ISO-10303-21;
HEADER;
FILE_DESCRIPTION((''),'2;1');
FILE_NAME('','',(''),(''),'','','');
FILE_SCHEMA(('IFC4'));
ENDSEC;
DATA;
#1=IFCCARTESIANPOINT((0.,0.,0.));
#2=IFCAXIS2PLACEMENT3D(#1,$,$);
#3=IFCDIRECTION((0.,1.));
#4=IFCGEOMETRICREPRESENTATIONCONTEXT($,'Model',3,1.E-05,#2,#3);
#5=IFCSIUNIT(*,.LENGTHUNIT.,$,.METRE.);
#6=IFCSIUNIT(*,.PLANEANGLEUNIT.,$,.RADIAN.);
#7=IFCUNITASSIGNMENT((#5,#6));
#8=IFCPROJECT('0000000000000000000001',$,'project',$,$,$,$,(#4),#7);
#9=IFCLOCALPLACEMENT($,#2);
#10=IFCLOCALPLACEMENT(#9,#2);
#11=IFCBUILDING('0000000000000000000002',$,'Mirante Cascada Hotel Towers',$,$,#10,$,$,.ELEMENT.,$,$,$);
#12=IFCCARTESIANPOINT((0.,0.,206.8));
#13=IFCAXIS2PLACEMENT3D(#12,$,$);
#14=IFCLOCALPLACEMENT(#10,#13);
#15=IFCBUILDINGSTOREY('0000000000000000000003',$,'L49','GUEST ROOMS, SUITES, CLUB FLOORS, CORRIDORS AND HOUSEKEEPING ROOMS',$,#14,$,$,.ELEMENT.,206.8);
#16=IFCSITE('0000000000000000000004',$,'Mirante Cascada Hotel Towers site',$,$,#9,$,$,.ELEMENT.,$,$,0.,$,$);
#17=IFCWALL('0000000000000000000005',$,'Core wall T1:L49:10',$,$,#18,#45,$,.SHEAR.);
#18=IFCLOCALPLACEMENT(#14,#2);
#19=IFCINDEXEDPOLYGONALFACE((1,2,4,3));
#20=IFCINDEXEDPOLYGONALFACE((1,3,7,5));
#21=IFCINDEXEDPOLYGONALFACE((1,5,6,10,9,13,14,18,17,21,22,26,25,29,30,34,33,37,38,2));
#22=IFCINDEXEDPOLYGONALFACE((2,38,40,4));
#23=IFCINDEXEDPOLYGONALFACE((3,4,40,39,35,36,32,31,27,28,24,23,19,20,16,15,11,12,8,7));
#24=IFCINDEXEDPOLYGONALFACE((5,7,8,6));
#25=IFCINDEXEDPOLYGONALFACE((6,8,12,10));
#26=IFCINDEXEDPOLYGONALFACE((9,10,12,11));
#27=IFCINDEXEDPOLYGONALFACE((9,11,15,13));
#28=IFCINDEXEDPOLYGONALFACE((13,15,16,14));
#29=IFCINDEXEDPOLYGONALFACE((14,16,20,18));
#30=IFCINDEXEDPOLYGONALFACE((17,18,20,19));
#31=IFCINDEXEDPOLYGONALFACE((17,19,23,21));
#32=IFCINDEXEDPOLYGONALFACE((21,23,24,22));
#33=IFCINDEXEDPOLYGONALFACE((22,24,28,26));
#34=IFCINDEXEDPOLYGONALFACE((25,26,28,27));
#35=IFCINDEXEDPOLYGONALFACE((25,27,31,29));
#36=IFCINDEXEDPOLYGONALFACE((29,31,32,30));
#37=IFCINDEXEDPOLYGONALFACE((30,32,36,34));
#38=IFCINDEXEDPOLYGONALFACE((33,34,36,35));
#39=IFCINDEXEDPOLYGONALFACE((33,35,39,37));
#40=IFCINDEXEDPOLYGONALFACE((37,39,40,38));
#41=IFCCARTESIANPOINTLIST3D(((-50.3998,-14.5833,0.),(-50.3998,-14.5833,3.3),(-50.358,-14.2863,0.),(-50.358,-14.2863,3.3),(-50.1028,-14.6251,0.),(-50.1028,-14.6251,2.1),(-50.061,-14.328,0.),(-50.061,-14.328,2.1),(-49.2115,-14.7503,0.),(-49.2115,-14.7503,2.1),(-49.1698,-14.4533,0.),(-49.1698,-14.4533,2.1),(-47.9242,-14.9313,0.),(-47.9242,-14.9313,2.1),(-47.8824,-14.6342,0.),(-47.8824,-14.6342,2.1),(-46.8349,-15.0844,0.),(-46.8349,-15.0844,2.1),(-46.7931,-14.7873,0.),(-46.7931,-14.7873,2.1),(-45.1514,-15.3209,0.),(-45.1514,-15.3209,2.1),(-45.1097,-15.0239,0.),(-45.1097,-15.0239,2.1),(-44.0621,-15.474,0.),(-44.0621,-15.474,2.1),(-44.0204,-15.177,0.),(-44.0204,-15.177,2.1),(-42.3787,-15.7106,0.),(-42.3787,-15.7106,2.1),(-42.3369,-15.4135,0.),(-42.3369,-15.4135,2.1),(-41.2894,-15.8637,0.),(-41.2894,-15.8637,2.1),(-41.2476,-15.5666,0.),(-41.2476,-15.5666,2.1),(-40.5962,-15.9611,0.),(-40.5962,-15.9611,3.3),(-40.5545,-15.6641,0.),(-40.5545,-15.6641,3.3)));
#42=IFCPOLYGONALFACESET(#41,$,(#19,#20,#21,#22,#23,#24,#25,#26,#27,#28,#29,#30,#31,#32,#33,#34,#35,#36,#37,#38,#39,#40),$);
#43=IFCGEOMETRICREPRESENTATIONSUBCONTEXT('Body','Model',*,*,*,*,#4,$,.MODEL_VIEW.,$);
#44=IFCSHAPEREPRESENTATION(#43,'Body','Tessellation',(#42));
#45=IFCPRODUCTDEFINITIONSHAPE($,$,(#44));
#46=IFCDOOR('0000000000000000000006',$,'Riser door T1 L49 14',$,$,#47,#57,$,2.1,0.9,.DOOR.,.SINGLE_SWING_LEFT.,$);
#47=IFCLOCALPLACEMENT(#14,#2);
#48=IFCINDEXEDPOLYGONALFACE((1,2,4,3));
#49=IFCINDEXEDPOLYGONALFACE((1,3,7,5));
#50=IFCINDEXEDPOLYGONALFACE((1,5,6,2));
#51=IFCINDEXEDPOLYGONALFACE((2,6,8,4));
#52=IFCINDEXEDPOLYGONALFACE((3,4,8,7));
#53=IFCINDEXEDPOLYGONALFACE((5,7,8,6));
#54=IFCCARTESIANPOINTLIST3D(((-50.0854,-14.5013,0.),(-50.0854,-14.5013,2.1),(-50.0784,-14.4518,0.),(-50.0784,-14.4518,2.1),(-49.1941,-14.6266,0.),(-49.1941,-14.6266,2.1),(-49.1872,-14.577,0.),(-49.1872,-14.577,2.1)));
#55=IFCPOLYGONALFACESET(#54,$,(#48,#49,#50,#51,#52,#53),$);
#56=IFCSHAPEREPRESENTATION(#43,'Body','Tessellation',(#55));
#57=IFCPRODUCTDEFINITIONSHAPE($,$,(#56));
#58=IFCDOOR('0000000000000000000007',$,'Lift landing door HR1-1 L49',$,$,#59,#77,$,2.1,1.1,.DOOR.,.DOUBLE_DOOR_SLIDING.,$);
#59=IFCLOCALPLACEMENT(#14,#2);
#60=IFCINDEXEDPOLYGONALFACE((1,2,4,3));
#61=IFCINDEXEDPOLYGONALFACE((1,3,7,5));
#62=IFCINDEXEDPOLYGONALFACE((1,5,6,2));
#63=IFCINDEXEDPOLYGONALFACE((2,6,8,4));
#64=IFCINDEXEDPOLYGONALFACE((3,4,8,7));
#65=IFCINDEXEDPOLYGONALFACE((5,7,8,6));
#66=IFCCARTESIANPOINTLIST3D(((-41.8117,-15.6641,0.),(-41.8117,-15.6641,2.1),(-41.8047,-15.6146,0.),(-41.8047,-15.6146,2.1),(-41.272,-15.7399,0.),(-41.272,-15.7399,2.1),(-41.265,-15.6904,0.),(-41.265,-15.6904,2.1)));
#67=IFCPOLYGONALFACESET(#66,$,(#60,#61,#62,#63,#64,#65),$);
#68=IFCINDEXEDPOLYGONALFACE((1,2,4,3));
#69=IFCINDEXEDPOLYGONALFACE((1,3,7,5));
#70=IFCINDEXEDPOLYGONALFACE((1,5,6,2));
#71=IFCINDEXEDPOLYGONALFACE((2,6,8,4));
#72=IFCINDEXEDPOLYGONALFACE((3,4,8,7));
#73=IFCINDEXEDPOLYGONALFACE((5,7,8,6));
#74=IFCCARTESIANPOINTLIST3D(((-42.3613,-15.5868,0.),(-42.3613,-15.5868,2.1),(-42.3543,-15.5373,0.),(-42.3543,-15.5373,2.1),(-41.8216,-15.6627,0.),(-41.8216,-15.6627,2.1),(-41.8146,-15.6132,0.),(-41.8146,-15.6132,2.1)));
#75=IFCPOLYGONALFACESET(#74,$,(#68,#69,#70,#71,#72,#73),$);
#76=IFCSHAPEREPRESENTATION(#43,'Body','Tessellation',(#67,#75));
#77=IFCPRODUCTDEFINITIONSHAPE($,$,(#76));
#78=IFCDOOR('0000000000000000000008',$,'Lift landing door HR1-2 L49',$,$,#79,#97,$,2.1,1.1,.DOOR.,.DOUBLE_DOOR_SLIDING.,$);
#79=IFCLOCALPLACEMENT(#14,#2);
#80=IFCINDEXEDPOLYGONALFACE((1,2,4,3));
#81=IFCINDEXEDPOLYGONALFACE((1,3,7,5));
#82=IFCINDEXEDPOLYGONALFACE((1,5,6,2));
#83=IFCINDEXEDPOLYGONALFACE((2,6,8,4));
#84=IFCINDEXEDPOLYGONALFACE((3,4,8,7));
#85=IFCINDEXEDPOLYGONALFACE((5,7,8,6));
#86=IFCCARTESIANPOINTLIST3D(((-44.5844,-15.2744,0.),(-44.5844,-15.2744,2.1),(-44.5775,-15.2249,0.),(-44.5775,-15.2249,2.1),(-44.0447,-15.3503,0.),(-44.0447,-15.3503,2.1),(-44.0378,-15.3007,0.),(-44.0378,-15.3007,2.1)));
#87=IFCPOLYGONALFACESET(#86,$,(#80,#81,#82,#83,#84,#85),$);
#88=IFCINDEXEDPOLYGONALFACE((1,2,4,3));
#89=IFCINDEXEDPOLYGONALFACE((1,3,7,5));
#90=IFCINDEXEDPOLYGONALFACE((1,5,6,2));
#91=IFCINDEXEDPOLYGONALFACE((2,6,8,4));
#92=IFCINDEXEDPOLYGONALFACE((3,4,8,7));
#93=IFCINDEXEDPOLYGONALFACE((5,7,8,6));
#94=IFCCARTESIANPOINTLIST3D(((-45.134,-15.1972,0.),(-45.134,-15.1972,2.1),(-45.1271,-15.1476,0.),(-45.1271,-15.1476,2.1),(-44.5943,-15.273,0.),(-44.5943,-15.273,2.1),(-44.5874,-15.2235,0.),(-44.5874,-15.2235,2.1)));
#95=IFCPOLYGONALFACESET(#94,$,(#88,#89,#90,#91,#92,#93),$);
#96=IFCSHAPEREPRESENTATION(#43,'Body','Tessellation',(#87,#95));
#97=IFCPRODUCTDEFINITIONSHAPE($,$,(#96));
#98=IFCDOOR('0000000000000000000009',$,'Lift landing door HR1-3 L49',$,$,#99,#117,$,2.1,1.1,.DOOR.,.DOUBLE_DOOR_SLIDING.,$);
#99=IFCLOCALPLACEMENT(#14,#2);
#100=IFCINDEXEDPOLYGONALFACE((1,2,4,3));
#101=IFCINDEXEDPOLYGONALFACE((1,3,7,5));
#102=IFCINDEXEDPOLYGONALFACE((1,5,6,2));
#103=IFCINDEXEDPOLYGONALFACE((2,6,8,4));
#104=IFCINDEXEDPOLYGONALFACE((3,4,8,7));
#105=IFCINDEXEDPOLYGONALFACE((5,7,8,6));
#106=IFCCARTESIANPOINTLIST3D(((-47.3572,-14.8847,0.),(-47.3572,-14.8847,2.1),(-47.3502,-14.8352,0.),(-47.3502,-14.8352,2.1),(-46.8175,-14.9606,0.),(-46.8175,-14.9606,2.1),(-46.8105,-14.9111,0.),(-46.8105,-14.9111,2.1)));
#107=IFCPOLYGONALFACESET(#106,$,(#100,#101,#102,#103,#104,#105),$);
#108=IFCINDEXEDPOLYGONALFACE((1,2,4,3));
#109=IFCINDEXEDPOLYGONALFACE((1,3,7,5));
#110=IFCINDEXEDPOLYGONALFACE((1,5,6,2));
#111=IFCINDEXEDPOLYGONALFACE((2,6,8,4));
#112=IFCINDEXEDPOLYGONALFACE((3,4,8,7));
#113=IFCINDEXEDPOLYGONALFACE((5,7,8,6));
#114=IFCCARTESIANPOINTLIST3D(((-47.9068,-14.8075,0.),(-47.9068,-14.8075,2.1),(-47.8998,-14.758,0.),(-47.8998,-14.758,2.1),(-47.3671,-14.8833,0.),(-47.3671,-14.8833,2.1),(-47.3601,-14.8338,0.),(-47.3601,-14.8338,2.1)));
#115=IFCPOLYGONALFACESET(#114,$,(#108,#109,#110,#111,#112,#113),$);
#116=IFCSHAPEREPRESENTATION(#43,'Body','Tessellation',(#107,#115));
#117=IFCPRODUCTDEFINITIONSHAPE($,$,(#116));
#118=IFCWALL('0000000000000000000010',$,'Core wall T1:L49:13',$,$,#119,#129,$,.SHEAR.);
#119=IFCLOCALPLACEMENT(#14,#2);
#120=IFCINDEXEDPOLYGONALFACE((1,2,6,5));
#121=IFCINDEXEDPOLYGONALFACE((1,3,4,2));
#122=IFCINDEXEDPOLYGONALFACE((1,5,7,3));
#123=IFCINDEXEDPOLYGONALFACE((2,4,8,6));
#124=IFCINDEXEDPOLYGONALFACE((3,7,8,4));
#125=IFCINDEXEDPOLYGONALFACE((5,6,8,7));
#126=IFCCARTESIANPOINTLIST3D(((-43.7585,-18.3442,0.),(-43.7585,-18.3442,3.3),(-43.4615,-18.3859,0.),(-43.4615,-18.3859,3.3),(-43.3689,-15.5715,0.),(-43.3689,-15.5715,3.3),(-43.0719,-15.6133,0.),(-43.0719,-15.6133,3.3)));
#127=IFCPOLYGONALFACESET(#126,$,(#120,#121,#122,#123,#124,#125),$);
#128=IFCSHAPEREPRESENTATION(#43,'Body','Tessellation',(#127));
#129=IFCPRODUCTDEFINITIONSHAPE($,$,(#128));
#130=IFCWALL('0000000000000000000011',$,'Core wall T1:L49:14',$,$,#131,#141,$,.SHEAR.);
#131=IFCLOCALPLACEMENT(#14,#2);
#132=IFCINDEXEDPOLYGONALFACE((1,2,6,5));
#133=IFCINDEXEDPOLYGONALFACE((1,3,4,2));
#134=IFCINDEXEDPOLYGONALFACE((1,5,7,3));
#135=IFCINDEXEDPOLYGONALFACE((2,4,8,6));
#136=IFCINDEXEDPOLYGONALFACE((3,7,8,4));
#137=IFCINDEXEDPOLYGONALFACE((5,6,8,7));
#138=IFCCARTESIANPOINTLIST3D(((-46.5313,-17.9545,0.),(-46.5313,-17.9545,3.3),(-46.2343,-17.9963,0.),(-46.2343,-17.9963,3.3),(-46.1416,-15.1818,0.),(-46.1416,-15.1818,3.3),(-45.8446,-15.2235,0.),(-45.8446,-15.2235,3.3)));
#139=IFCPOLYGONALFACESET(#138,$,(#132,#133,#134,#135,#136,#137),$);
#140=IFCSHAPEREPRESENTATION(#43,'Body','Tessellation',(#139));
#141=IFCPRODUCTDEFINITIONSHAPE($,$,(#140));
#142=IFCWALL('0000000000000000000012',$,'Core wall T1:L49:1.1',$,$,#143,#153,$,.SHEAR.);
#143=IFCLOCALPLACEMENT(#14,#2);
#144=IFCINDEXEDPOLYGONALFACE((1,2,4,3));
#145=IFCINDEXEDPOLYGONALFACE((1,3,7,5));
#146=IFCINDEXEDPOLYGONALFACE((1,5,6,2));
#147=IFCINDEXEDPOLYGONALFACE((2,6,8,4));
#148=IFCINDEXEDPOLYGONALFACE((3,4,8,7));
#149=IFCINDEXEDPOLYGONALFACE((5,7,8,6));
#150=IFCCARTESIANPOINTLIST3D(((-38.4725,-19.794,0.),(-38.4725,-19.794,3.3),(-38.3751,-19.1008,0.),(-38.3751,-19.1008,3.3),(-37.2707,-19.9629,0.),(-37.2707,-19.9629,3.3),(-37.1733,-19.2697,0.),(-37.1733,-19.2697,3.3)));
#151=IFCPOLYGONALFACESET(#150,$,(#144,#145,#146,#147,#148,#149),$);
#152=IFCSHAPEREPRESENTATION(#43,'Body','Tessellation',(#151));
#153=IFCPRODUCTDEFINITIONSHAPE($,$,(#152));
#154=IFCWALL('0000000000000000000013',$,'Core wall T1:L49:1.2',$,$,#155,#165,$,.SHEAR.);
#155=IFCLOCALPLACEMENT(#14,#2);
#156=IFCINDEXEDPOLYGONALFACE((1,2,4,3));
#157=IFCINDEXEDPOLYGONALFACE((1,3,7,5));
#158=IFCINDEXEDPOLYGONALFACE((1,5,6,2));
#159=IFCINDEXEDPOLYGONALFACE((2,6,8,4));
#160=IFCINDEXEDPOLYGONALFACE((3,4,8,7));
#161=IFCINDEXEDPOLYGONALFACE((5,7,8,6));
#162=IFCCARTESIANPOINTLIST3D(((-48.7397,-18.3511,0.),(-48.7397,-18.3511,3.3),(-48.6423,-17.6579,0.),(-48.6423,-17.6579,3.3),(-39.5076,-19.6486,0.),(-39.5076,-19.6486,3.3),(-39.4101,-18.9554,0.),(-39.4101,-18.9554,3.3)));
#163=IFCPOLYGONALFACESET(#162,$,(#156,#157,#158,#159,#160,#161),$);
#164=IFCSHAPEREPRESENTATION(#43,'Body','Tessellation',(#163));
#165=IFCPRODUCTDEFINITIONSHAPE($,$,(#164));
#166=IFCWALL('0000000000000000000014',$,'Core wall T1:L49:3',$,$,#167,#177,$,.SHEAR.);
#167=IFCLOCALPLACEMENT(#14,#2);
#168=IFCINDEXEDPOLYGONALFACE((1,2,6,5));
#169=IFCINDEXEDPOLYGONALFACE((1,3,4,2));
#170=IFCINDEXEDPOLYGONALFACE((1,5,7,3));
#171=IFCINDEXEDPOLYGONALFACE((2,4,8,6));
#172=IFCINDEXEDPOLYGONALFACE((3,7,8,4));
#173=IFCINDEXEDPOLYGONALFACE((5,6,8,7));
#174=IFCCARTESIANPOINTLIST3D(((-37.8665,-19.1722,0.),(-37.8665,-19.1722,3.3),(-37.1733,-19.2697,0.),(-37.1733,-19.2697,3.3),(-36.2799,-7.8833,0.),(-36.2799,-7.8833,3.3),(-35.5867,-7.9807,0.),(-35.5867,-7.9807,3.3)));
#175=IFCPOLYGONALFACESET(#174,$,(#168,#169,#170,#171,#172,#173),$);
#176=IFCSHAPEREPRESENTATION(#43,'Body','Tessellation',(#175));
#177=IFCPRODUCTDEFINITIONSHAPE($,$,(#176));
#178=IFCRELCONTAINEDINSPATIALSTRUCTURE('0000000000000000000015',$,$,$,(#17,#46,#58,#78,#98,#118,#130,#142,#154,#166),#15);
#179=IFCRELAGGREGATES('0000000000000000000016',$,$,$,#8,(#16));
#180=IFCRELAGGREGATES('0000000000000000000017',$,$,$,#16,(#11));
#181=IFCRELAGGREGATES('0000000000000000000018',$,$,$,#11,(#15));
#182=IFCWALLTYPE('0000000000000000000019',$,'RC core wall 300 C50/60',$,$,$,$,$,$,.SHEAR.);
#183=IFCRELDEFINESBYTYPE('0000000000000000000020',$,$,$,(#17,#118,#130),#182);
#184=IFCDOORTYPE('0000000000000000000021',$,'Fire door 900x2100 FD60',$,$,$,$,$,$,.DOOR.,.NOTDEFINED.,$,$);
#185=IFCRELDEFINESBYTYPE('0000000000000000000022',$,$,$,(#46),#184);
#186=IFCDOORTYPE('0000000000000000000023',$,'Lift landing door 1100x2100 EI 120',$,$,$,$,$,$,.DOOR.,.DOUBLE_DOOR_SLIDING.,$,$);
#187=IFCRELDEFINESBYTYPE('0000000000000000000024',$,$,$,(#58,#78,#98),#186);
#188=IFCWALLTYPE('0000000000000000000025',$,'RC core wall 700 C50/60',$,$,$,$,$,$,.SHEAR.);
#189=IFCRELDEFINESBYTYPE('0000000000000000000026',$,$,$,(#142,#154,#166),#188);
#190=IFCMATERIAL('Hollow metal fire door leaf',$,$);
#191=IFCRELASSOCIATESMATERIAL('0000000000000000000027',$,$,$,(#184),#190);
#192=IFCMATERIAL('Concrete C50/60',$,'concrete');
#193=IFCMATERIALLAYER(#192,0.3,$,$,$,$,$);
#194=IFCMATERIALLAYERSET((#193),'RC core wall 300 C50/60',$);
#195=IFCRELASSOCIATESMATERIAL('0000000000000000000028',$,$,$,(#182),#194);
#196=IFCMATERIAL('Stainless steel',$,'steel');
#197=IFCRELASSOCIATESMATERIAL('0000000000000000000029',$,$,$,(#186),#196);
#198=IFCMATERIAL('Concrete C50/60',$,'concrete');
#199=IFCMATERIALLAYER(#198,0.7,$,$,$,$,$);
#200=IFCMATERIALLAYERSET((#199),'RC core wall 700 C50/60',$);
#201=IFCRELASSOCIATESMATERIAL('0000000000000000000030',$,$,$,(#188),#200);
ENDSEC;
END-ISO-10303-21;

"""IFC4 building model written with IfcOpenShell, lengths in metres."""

from ifc_helpers import new_model, si_unit, direction, frame, frame_2d, origin, place, context, subcontext, project, spatial, rectangle, extrude, material, layer, layer_set, type_object, element, fill, save


model = new_model("IFC4")

# Units and contexts
model_context = context("Model", 3, precision=1e-05, world=origin(), true_north=direction((0.0, 1.0)))
body_context = subcontext(model_context, "Body", "Model", "MODEL_VIEW")
ifc_project = project(units=[si_unit("LENGTHUNIT", "METRE"), si_unit("PLANEANGLEUNIT", "RADIAN")], contexts=[model_context])

# Site, building, storey
site_placement = place(None, origin())
site = spatial("IfcSite", under=ifc_project, at=site_placement, Name="Mirante Cascada Hotel Towers site", CompositionType="ELEMENT", RefElevation=0.0)
building_placement = place(site_placement, origin())
building = spatial("IfcBuilding", under=site, at=building_placement, Name="Mirante Cascada Hotel Towers", CompositionType="ELEMENT")
storey_placement = place(building_placement, frame((0.0, 0.0, 206.8)))
storey = spatial("IfcBuildingStorey", under=building, at=storey_placement, Name="L49", Description="GUEST ROOMS, SUITES, CLUB FLOORS, CORRIDORS AND HOUSEKEEPING ROOMS", CompositionType="ELEMENT", Elevation=206.8)

# Shared definitions
ifc_material_1 = material(Name="Hollow metal fire door leaf")
door_type_1 = type_object("IfcDoorType", Name="Fire door 900x2100 FD60", OperationType="NOTDEFINED", PredefinedType="DOOR", material=ifc_material_1)

# Shared definitions
ifc_material_2 = material(Name="Concrete C50/60", Category="concrete")
ifc_layer_1 = layer(ifc_material_2, 0.3)
ifc_layer_set_1 = layer_set([ifc_layer_1], Name="RC core wall 300 C50/60")
wall_type_1 = type_object("IfcWallType", Name="RC core wall 300 C50/60", PredefinedType="SHEAR", material=ifc_layer_set_1)

# Wall, openings, doors
wall_1_placement = place(storey_placement, frame((-40.5753, -15.8126, 0.0), z_axis=(0.0, 0.0, 1.0), x_axis=(-0.990268, 0.139173, 0.0)))
wall_1 = element("IfcWall", 1, at=wall_1_placement, inside=storey, type_object=wall_type_1, Name="Core wall T1:L49:10", PredefinedType="SHEAR", context=body_context, shape_type="SweptSolid", body=[
    extrude(rectangle(XDim=9.8999, YDim=0.3, at=frame_2d((4.95, 0.0))), origin(), (0.0, 0.0, 1.0), 3.3),
])
opening_1_placement = place(wall_1_placement, frame((0.7, 0.0, 0.0)))
opening_1 = element("IfcOpeningElement", 2, at=opening_1_placement, cuts=wall_1, PredefinedType="OPENING", context=body_context, shape_type="SweptSolid", body=[
    extrude(rectangle(XDim=1.1, YDim=2.1, at=frame_2d((0.55, 1.05))), frame((0.0, 0.15, 0.0), z_axis=(0.0, -1.0, 0.0), x_axis=(1.0, 0.0, 0.0)), (0.0, 0.0, 1.0), 0.3),
])
opening_2_placement = place(wall_1_placement, frame((3.5, 0.0, 0.0)))
opening_2 = element("IfcOpeningElement", 3, at=opening_2_placement, cuts=wall_1, PredefinedType="OPENING", context=body_context, shape_type="SweptSolid", body=[
    extrude(rectangle(XDim=1.1, YDim=2.1, at=frame_2d((0.55, 1.05))), frame((0.0, 0.15, 0.0), z_axis=(0.0, -1.0, 0.0), x_axis=(1.0, 0.0, 0.0)), (0.0, 0.0, 1.0), 0.3),
])
opening_3_placement = place(wall_1_placement, frame((6.3, 0.0, 0.0)))
opening_3 = element("IfcOpeningElement", 4, at=opening_3_placement, cuts=wall_1, PredefinedType="OPENING", context=body_context, shape_type="SweptSolid", body=[
    extrude(rectangle(XDim=1.1, YDim=2.1, at=frame_2d((0.55, 1.05))), frame((0.0, 0.15, 0.0), z_axis=(0.0, -1.0, 0.0), x_axis=(1.0, 0.0, 0.0)), (0.0, 0.0, 1.0), 0.3),
])
opening_4_placement = place(wall_1_placement, frame((8.7, 0.0, 0.0)))
opening_4 = element("IfcOpeningElement", 5, at=opening_4_placement, cuts=wall_1, PredefinedType="OPENING", context=body_context, shape_type="SweptSolid", body=[
    extrude(rectangle(XDim=0.9, YDim=2.1, at=frame_2d((0.45, 1.05))), frame((0.0, 0.15, 0.0), z_axis=(0.0, -1.0, 0.0), x_axis=(1.0, 0.0, 0.0)), (0.0, 0.0, 1.0), 0.3),
])
door_1_placement = place(opening_4_placement, origin())
door_1 = element("IfcDoor", 6, at=door_1_placement, inside=storey, type_object=door_type_1, Name="Riser door T1 L49 14", OperationType="SINGLE_SWING_LEFT", OverallHeight=2.1, OverallWidth=0.9, PredefinedType="DOOR", context=body_context, shape_type="SweptSolid", body=[
    extrude(rectangle(XDim=0.9, YDim=2.1, at=frame_2d((0.45, 1.05))), frame((0.0, 0.025, 0.0), z_axis=(0.0, -1.0, 0.0), x_axis=(1.0, 0.0, 0.0)), (0.0, 0.0, 1.0), 0.05),
])
fill(opening_4, door_1)
ifc_material_3 = material(Name="Stainless steel", Category="steel")
door_type_2 = type_object("IfcDoorType", Name="Lift landing door 1100x2100 EI 120", OperationType="DOUBLE_DOOR_SLIDING", PredefinedType="DOOR", material=ifc_material_3)
door_2_placement = place(opening_1_placement, origin())
door_2 = element("IfcDoor", 7, at=door_2_placement, inside=storey, type_object=door_type_2, Name="Lift landing door HR1-1 L49", OperationType="DOUBLE_DOOR_SLIDING", OverallHeight=2.1, OverallWidth=1.1, PredefinedType="DOOR", context=body_context, shape_type="SweptSolid", body=[
    extrude(rectangle(XDim=0.545, YDim=2.1, at=frame_2d((0.2725, 1.05))), frame((0.0, 0.025, 0.0), z_axis=(0.0, -1.0, 0.0), x_axis=(1.0, 0.0, 0.0)), (0.0, 0.0, 1.0), 0.05),
    extrude(rectangle(XDim=0.545, YDim=2.1, at=frame_2d((0.8275, 1.05))), frame((0.0, 0.025, 0.0), z_axis=(0.0, -1.0, 0.0), x_axis=(1.0, 0.0, 0.0)), (0.0, 0.0, 1.0), 0.05),
])
fill(opening_1, door_2)
door_3_placement = place(opening_2_placement, origin())
door_3 = element("IfcDoor", 8, at=door_3_placement, inside=storey, type_object=door_type_2, Name="Lift landing door HR1-2 L49", OperationType="DOUBLE_DOOR_SLIDING", OverallHeight=2.1, OverallWidth=1.1, PredefinedType="DOOR", context=body_context, shape_type="SweptSolid", body=[
    extrude(rectangle(XDim=0.545, YDim=2.1, at=frame_2d((0.2725, 1.05))), frame((0.0, 0.025, 0.0), z_axis=(0.0, -1.0, 0.0), x_axis=(1.0, 0.0, 0.0)), (0.0, 0.0, 1.0), 0.05),
    extrude(rectangle(XDim=0.545, YDim=2.1, at=frame_2d((0.8275, 1.05))), frame((0.0, 0.025, 0.0), z_axis=(0.0, -1.0, 0.0), x_axis=(1.0, 0.0, 0.0)), (0.0, 0.0, 1.0), 0.05),
])
fill(opening_2, door_3)
door_4_placement = place(opening_3_placement, origin())
door_4 = element("IfcDoor", 9, at=door_4_placement, inside=storey, type_object=door_type_2, Name="Lift landing door HR1-3 L49", OperationType="DOUBLE_DOOR_SLIDING", OverallHeight=2.1, OverallWidth=1.1, PredefinedType="DOOR", context=body_context, shape_type="SweptSolid", body=[
    extrude(rectangle(XDim=0.545, YDim=2.1, at=frame_2d((0.2725, 1.05))), frame((0.0, 0.025, 0.0), z_axis=(0.0, -1.0, 0.0), x_axis=(1.0, 0.0, 0.0)), (0.0, 0.0, 1.0), 0.05),
    extrude(rectangle(XDim=0.545, YDim=2.1, at=frame_2d((0.8275, 1.05))), frame((0.0, 0.025, 0.0), z_axis=(0.0, -1.0, 0.0), x_axis=(1.0, 0.0, 0.0)), (0.0, 0.0, 1.0), 0.05),
])
fill(opening_3, door_4)

# Walls
wall_2_placement = place(storey_placement, frame((-43.61, -18.3651, 0.0), z_axis=(0.0, 0.0, 1.0), x_axis=(0.139146, 0.990272, 0.0)))
element("IfcWall", 10, at=wall_2_placement, inside=storey, type_object=wall_type_1, Name="Core wall T1:L49:13", PredefinedType="SHEAR", context=body_context, shape_type="SweptSolid", body=[
    extrude(rectangle(XDim=2.7999, YDim=0.3, at=frame_2d((1.4, 0.0))), origin(), (0.0, 0.0, 1.0), 3.3),
])
wall_3_placement = place(storey_placement, frame((-46.3828, -17.9754, 0.0), z_axis=(0.0, 0.0, 1.0), x_axis=(0.139181, 0.990267, 0.0)))
element("IfcWall", 11, at=wall_3_placement, inside=storey, type_object=wall_type_1, Name="Core wall T1:L49:14", PredefinedType="SHEAR", context=body_context, shape_type="SweptSolid", body=[
    extrude(rectangle(XDim=2.8, YDim=0.3, at=frame_2d((1.4, 0.0))), origin(), (0.0, 0.0, 1.0), 3.3),
])
ifc_material_4 = material(Name="Concrete C50/60", Category="concrete")
ifc_layer_2 = layer(ifc_material_4, 0.7)
ifc_layer_set_2 = layer_set([ifc_layer_2], Name="RC core wall 700 C50/60")
wall_type_2 = type_object("IfcWallType", Name="RC core wall 700 C50/60", PredefinedType="SHEAR", material=ifc_layer_set_2)
wall_4_placement = place(storey_placement, frame((-37.222, -19.6163, 0.0), z_axis=(0.0, 0.0, 1.0), x_axis=(-0.990268, 0.139172, 0.0)))
element("IfcWall", 12, at=wall_4_placement, inside=storey, type_object=wall_type_2, Name="Core wall T1:L49:1.1", PredefinedType="SHEAR", context=body_context, shape_type="SweptSolid", body=[
    extrude(rectangle(XDim=1.2136, YDim=0.7, at=frame_2d((0.6068, 0.0))), origin(), (0.0, 0.0, 1.0), 3.3),
])
wall_5_placement = place(storey_placement, frame((-39.4589, -19.302, 0.0), z_axis=(0.0, 0.0, 1.0), x_axis=(-0.990268, 0.139173, 0.0)))
element("IfcWall", 13, at=wall_5_placement, inside=storey, type_object=wall_type_2, Name="Core wall T1:L49:1.2", PredefinedType="SHEAR", context=body_context, shape_type="SweptSolid", body=[
    extrude(rectangle(XDim=9.3229, YDim=0.7, at=frame_2d((4.6614, 0.0))), origin(), (0.0, 0.0, 1.0), 3.3),
])
wall_6_placement = place(storey_placement, frame((-37.5199, -19.221, 0.0), z_axis=(0.0, 0.0, 1.0), x_axis=(0.139176, 0.990268, 0.0)))
element("IfcWall", 14, at=wall_6_placement, inside=storey, type_object=wall_type_2, Name="Core wall T1:L49:3", PredefinedType="SHEAR", context=body_context, shape_type="SweptSolid", body=[
    extrude(rectangle(XDim=11.3999, YDim=0.7, at=frame_2d((5.7, 0.0))), origin(), (0.0, 0.0, 1.0), 3.3),
])

save(model, "model.ifc")
